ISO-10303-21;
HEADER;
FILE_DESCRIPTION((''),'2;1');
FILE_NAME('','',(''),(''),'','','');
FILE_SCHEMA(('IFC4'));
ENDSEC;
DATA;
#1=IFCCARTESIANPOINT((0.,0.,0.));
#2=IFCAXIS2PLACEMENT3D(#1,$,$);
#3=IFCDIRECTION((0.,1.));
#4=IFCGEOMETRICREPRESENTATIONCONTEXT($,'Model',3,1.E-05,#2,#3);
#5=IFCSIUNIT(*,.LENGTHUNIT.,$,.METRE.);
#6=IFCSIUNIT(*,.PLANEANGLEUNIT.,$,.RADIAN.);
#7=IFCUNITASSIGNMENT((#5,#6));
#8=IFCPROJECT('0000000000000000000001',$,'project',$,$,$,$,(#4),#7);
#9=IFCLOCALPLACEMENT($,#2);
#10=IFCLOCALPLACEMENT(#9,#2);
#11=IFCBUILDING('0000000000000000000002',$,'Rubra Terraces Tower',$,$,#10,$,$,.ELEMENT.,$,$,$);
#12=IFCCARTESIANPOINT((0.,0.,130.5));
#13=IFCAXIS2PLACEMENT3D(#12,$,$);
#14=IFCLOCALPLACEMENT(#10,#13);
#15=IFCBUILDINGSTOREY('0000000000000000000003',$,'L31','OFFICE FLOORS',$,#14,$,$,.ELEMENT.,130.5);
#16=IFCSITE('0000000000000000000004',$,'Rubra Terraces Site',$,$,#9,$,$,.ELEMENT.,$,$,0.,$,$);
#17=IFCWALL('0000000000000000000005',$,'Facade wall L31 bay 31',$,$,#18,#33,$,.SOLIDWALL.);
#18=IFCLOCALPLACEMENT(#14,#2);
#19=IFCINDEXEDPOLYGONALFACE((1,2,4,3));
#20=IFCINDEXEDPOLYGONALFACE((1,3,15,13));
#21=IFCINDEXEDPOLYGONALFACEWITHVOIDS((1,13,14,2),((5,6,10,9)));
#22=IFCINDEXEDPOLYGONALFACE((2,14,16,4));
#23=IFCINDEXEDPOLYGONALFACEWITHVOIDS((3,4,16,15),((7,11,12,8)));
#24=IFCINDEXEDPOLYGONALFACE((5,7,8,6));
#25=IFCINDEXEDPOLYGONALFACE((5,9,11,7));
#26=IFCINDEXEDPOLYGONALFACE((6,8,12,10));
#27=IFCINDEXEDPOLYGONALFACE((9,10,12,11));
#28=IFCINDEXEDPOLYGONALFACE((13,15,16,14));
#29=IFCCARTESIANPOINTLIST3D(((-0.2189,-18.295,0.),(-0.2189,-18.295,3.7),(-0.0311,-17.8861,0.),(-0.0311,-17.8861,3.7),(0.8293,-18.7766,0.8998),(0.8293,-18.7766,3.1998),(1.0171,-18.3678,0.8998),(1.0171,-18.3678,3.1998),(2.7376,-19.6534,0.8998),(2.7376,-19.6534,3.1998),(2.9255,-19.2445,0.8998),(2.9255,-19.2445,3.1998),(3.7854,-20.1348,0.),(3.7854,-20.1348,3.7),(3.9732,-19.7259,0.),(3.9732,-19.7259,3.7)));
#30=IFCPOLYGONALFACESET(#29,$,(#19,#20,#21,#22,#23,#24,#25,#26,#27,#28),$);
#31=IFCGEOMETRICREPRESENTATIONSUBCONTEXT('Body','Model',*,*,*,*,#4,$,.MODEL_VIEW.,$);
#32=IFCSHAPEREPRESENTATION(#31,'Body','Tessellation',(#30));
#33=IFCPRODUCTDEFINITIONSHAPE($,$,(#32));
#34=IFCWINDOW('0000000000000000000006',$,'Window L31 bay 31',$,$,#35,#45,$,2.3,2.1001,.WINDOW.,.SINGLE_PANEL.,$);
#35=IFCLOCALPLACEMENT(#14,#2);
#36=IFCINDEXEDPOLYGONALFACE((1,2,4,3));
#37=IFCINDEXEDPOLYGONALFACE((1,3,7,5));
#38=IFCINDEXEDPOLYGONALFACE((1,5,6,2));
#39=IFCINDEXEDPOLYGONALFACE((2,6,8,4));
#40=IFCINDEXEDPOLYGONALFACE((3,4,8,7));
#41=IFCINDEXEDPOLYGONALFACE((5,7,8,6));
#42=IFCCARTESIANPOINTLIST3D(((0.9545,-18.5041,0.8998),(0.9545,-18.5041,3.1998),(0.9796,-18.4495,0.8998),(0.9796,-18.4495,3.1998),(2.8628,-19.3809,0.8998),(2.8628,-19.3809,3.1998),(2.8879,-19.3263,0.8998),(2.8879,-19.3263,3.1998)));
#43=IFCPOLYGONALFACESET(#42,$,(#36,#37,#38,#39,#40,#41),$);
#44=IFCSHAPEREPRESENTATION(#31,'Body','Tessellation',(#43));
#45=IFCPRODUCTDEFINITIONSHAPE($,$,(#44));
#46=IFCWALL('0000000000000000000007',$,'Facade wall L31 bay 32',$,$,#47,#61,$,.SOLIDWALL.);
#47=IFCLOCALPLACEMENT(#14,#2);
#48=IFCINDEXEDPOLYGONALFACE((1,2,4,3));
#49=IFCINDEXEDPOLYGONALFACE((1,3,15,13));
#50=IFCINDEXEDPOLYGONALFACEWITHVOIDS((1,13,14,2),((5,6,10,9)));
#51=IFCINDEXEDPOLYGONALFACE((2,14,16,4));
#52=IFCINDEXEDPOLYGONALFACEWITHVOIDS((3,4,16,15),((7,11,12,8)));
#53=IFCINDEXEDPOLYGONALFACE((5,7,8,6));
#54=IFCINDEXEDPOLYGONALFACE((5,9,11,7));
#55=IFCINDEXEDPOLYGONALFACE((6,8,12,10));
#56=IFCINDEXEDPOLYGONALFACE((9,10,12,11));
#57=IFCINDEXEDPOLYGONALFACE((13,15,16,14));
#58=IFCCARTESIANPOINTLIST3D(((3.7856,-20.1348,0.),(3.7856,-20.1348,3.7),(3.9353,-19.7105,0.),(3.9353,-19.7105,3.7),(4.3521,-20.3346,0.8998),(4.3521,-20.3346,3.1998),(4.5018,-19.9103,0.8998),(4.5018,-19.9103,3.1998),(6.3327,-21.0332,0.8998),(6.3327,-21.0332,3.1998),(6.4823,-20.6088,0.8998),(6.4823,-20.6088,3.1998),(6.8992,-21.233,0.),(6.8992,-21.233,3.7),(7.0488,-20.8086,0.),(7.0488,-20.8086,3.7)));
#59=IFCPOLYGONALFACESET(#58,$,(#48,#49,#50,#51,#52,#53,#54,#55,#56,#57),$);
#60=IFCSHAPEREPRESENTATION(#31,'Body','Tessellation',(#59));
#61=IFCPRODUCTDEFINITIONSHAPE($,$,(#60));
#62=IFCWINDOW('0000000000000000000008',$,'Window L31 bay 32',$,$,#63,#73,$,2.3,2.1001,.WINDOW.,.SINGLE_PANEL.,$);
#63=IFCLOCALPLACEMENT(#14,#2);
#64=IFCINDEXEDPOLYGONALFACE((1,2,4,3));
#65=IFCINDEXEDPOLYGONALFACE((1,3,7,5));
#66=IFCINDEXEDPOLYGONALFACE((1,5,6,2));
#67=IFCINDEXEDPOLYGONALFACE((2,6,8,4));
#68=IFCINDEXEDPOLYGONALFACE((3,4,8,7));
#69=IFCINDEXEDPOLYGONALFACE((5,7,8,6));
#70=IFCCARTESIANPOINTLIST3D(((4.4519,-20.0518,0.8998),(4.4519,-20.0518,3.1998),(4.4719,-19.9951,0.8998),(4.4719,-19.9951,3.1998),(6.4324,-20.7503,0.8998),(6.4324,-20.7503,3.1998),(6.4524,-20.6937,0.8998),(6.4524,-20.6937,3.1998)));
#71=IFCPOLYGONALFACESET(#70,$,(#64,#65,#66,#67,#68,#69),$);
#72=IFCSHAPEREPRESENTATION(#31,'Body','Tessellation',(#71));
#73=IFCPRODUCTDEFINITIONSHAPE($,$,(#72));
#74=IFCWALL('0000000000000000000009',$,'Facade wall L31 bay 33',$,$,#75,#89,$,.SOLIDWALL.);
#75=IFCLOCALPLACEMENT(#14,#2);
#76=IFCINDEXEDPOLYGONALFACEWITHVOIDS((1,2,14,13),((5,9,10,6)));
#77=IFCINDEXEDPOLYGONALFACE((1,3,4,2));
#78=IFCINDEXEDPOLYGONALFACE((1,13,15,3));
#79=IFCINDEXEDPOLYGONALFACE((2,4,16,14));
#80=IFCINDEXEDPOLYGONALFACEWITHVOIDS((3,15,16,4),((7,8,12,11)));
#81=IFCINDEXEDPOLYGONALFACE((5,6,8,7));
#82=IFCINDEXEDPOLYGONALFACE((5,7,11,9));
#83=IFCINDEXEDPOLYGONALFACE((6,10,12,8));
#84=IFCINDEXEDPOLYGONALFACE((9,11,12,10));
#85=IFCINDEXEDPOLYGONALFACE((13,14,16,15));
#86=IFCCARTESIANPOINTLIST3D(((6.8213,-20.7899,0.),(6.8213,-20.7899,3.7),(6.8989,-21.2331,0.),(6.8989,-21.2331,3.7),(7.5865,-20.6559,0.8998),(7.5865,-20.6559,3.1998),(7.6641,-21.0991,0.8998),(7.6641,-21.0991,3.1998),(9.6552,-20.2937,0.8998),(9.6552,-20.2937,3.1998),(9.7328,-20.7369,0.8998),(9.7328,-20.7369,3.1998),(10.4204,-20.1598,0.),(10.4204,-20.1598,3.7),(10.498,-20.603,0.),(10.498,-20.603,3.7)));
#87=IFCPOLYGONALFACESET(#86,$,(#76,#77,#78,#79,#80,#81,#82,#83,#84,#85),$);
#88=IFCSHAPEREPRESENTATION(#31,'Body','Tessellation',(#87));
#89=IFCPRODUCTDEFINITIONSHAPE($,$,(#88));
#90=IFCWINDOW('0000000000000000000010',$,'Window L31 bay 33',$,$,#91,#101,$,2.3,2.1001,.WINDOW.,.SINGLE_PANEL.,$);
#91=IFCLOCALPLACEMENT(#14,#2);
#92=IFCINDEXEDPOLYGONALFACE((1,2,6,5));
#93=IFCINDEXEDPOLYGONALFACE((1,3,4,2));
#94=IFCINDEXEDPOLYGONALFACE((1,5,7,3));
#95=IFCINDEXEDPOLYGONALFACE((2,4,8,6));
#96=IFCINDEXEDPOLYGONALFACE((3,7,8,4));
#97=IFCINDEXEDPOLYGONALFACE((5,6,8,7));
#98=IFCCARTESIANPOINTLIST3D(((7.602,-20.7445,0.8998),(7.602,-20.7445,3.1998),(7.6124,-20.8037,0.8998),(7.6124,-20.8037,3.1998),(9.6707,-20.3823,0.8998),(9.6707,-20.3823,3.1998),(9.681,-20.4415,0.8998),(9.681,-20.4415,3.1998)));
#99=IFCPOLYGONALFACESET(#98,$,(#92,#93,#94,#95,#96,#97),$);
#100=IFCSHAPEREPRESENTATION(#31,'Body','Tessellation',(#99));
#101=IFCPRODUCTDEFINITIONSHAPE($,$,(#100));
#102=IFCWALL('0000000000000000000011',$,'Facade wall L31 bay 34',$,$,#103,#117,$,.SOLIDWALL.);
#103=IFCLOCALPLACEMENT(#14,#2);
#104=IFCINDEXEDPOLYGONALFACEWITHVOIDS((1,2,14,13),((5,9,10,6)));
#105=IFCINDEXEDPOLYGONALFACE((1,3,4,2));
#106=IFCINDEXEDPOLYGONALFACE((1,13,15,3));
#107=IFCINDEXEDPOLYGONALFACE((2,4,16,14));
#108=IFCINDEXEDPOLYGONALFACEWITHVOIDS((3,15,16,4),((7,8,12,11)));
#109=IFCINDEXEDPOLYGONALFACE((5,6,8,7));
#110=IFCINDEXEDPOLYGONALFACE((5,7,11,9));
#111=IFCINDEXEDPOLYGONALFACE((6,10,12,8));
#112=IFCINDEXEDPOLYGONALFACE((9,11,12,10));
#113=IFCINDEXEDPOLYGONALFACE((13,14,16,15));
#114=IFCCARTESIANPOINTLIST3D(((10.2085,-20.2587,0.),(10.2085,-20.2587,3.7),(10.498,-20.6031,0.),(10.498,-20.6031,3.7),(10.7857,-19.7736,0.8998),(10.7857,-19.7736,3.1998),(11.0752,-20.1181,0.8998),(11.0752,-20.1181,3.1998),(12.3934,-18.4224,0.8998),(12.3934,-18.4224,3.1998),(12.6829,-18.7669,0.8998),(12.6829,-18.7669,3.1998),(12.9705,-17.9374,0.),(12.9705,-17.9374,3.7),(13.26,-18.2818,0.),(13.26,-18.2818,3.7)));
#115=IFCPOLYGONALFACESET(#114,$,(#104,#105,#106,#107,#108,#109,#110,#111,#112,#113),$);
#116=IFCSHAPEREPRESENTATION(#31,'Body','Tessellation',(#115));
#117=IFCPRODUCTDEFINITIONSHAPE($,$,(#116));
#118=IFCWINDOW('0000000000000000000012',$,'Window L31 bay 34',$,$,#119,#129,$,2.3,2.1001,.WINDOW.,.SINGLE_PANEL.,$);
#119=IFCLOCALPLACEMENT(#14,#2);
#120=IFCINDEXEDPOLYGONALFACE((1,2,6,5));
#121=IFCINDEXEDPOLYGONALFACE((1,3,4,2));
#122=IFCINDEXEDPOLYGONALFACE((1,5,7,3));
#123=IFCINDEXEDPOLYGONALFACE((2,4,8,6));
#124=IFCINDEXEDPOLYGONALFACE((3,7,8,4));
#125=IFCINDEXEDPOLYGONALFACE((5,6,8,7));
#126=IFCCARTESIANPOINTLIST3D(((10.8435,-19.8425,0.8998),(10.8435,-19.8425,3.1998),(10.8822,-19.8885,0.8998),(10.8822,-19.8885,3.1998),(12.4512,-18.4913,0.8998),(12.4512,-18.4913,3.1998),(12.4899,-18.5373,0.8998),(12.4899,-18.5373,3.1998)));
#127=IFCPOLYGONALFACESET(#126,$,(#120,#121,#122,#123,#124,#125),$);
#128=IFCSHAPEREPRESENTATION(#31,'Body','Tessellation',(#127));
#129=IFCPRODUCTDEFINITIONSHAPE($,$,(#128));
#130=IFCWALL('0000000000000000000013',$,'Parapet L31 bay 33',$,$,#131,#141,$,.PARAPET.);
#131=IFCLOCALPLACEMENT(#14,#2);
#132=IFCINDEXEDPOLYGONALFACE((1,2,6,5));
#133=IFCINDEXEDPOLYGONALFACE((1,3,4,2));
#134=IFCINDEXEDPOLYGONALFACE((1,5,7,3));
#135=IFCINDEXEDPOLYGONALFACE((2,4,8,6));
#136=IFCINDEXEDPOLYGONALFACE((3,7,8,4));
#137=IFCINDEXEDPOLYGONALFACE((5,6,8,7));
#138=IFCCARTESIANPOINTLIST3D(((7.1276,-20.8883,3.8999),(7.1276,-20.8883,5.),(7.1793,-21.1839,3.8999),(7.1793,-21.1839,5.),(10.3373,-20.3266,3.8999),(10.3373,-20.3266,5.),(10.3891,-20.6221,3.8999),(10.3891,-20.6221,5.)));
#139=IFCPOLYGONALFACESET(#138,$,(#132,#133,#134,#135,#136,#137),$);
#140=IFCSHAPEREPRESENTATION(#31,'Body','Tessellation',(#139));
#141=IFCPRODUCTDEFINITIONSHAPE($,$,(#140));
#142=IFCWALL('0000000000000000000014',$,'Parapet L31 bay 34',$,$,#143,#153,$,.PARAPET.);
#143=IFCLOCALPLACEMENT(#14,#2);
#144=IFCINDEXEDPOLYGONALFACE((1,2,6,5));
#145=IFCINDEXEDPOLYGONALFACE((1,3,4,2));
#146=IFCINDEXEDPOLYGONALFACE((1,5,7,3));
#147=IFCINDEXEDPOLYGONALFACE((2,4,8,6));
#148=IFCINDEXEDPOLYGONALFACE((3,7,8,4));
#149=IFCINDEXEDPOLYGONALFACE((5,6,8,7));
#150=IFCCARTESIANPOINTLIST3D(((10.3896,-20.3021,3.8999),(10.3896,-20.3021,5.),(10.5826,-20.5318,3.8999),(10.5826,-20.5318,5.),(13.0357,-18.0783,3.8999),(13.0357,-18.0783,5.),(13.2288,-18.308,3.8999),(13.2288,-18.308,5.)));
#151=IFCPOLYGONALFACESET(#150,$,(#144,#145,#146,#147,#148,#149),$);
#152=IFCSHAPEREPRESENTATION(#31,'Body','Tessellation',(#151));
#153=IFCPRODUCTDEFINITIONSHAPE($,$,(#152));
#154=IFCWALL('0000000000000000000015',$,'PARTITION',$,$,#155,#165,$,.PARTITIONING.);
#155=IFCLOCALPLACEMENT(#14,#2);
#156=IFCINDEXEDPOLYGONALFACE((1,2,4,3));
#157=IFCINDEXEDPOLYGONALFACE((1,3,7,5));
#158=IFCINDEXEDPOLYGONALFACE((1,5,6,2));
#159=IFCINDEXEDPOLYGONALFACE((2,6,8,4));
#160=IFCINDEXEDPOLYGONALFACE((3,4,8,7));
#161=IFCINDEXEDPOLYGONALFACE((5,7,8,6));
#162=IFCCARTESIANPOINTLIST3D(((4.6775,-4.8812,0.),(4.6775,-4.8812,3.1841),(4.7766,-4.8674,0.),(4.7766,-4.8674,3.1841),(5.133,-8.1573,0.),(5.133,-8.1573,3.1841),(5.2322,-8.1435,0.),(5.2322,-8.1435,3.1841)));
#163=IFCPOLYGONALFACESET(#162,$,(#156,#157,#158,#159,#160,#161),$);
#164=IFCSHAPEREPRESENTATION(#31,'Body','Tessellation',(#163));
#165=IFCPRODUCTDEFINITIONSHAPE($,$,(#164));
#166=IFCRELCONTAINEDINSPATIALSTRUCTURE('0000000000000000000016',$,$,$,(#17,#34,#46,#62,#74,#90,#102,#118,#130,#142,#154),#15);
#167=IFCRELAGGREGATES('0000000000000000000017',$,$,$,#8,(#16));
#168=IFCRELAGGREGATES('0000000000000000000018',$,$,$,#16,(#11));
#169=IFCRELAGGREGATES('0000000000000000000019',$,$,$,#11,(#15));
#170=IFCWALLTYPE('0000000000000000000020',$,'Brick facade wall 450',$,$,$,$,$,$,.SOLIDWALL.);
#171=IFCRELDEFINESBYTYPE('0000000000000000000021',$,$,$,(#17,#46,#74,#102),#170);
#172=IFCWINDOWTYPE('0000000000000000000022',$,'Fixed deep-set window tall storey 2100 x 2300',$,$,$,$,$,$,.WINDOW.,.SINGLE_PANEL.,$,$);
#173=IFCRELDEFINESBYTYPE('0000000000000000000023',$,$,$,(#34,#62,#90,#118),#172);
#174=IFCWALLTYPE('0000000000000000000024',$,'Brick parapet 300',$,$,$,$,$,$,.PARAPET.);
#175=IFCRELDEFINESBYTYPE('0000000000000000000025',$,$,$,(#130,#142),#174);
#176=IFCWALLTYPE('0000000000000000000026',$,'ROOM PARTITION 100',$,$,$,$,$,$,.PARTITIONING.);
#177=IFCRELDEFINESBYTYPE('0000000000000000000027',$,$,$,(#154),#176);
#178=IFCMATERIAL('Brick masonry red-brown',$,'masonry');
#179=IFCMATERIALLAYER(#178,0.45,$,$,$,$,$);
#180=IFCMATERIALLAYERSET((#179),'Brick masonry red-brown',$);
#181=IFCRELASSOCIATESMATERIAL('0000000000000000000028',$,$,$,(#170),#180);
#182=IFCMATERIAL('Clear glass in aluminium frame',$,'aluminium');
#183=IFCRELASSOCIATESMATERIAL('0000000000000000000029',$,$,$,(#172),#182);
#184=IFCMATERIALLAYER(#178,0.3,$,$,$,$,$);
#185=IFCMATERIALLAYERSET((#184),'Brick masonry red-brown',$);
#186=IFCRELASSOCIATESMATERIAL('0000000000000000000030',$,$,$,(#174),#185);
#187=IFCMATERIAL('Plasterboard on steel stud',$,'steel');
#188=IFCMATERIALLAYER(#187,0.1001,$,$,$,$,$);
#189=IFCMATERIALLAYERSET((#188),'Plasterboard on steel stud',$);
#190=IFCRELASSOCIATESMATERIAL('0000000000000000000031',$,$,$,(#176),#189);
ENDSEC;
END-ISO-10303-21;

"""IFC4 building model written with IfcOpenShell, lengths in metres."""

from ifc_helpers import new_model, si_unit, direction, frame, frame_2d, origin, place, context, subcontext, project, spatial, rectangle, extrude, material, layer, layer_set, type_object, element, fill, save


model = new_model("IFC4")

# Units and contexts
model_context = context("Model", 3, precision=1e-05, world=origin(), true_north=direction((0.0, 1.0)))
body_context = subcontext(model_context, "Body", "Model", "MODEL_VIEW")
ifc_project = project(units=[si_unit("LENGTHUNIT", "METRE"), si_unit("PLANEANGLEUNIT", "RADIAN")], contexts=[model_context])

# Site, building, storey
site_placement = place(None, origin())
site = spatial("IfcSite", under=ifc_project, at=site_placement, Name="Rubra Terraces Site", CompositionType="ELEMENT", RefElevation=0.0)
building_placement = place(site_placement, origin())
building = spatial("IfcBuilding", under=site, at=building_placement, Name="Rubra Terraces Tower", CompositionType="ELEMENT")
storey_placement = place(building_placement, frame((0.0, 0.0, 130.5)))
storey = spatial("IfcBuildingStorey", under=building, at=storey_placement, Name="L31", Description="OFFICE FLOORS", CompositionType="ELEMENT", Elevation=130.5)

# Walls, openings, windows
ifc_material_1 = material(Name="Brick masonry red-brown", Category="masonry")
ifc_layer_1 = layer(ifc_material_1, 0.45)
ifc_layer_set_1 = layer_set([ifc_layer_1], Name="Brick masonry red-brown")
wall_type_1 = type_object("IfcWallType", Name="Brick facade wall 450", PredefinedType="SOLIDWALL", material=ifc_layer_set_1)
wall_1_placement = place(storey_placement, frame((-0.125, -18.0906, 0.0), z_axis=(0.0, 0.0, 1.0), x_axis=(0.908678, -0.417498, 0.0)))
wall_1 = element("IfcWall", 1, at=wall_1_placement, inside=storey, type_object=wall_type_1, Name="Facade wall L31 bay 31", PredefinedType="SOLIDWALL", context=body_context, shape_type="SweptSolid", body=[
    extrude(rectangle(XDim=4.4067, YDim=0.45, at=frame_2d((2.2034, 0.0))), origin(), (0.0, 0.0, 1.0), 3.7),
])
opening_1_placement = place(wall_1_placement, frame((1.1536, 0.0, 0.8999)))
opening_1 = element("IfcOpeningElement", 2, at=opening_1_placement, cuts=wall_1, PredefinedType="OPENING", context=body_context, shape_type="SweptSolid", body=[
    extrude(rectangle(XDim=2.1001, YDim=2.3, at=frame_2d((1.05, 1.1499))), frame((0.0, 0.2349, 0.0), z_axis=(0.0, -1.0, 0.0), x_axis=(1.0, 0.0, 0.0)), (0.0, 0.0, 1.0), 0.47),
])
ifc_material_2 = material(Name="Clear glass in aluminium frame", Category="aluminium")
window_type = type_object("IfcWindowType", Name="Fixed deep-set window tall storey 2100 x 2300", PartitioningType="SINGLE_PANEL", PredefinedType="WINDOW", material=ifc_material_2)
window_1_placement = place(opening_1_placement, origin())
window_1 = element("IfcWindow", 3, at=window_1_placement, inside=storey, type_object=window_type, Name="Window L31 bay 31", OverallHeight=2.3, OverallWidth=2.1001, PartitioningType="SINGLE_PANEL", PredefinedType="WINDOW", context=body_context, shape_type="SweptSolid", body=[
    extrude(rectangle(XDim=2.1001, YDim=2.3, at=frame_2d((1.05, 1.1499))), frame((0.0, 0.135, 0.0), z_axis=(0.0, -1.0, 0.0), x_axis=(1.0, 0.0, 0.0)), (0.0, 0.0, 1.0), 0.0601),
])
fill(opening_1, window_1)
wall_2_placement = place(storey_placement, frame((3.8604, -19.9226, 0.0), z_axis=(0.0, 0.0, 1.0), x_axis=(0.943061, -0.332619, 0.0)))
wall_2 = element("IfcWall", 4, at=wall_2_placement, inside=storey, type_object=wall_type_1, Name="Facade wall L31 bay 32", PredefinedType="SOLIDWALL", context=body_context, shape_type="SweptSolid", body=[
    extrude(rectangle(XDim=3.3015, YDim=0.45, at=frame_2d((1.6509, 0.0))), origin(), (0.0, 0.0, 1.0), 3.7),
])
opening_2_placement = place(wall_2_placement, frame((0.6008, 0.0, 0.8999)))
opening_2 = element("IfcOpeningElement", 5, at=opening_2_placement, cuts=wall_2, PredefinedType="OPENING", context=body_context, shape_type="SweptSolid", body=[
    extrude(rectangle(XDim=2.1001, YDim=2.3, at=frame_2d((1.05, 1.1499))), frame((0.0, 0.2349, 0.0), z_axis=(0.0, -1.0, 0.0), x_axis=(1.0, 0.0, 0.0)), (0.0, 0.0, 1.0), 0.47),
])
window_2_placement = place(opening_2_placement, origin())
window_2 = element("IfcWindow", 6, at=window_2_placement, inside=storey, type_object=window_type, Name="Window L31 bay 32", OverallHeight=2.3, OverallWidth=2.1001, PartitioningType="SINGLE_PANEL", PredefinedType="WINDOW", context=body_context, shape_type="SweptSolid", body=[
    extrude(rectangle(XDim=2.1001, YDim=2.3, at=frame_2d((1.05, 1.1499))), frame((0.0, 0.135, 0.0), z_axis=(0.0, -1.0, 0.0), x_axis=(1.0, 0.0, 0.0)), (0.0, 0.0, 1.0), 0.0601),
])
fill(opening_2, window_2)
wall_3_placement = place(storey_placement, frame((6.8601, -21.0115, 0.0), z_axis=(0.0, 0.0, 1.0), x_axis=(0.985017, 0.172455, 0.0)))
wall_3 = element("IfcWall", 7, at=wall_3_placement, inside=storey, type_object=wall_type_1, Name="Facade wall L31 bay 33", PredefinedType="SOLIDWALL", context=body_context, shape_type="SweptSolid", body=[
    extrude(rectangle(XDim=3.6538, YDim=0.45, at=frame_2d((1.8269, 0.0))), origin(), (0.0, 0.0, 1.0), 3.7),
])
opening_3_placement = place(wall_3_placement, frame((0.7769, 0.0, 0.8999)))
opening_3 = element("IfcOpeningElement", 8, at=opening_3_placement, cuts=wall_3, PredefinedType="OPENING", context=body_context, shape_type="SweptSolid", body=[
    extrude(rectangle(XDim=2.1001, YDim=2.3, at=frame_2d((1.05, 1.1499))), frame((0.0, 0.2349, 0.0), z_axis=(0.0, -1.0, 0.0), x_axis=(1.0, 0.0, 0.0)), (0.0, 0.0, 1.0), 0.47),
])
window_3_placement = place(opening_3_placement, origin())
window_3 = element("IfcWindow", 9, at=window_3_placement, inside=storey, type_object=window_type, Name="Window L31 bay 33", OverallHeight=2.3, OverallWidth=2.1001, PartitioningType="SINGLE_PANEL", PredefinedType="WINDOW", context=body_context, shape_type="SweptSolid", body=[
    extrude(rectangle(XDim=2.1001, YDim=2.3, at=frame_2d((1.05, 1.1499))), frame((0.0, 0.135, 0.0), z_axis=(0.0, -1.0, 0.0), x_axis=(1.0, 0.0, 0.0)), (0.0, 0.0, 1.0), 0.0601),
])
fill(opening_3, window_3)
wall_4_placement = place(storey_placement, frame((10.3533, -20.4309, 0.0), z_axis=(0.0, 0.0, 1.0), x_axis=(0.765536, 0.643394, 0.0)))
wall_4 = element("IfcWall", 10, at=wall_4_placement, inside=storey, type_object=wall_type_1, Name="Facade wall L31 bay 34", PredefinedType="SOLIDWALL", context=body_context, shape_type="SweptSolid", body=[
    extrude(rectangle(XDim=3.6079, YDim=0.45, at=frame_2d((1.804, 0.0))), origin(), (0.0, 0.0, 1.0), 3.7),
])
opening_4_placement = place(wall_4_placement, frame((0.7539, 0.0, 0.8999)))
opening_4 = element("IfcOpeningElement", 11, at=opening_4_placement, cuts=wall_4, PredefinedType="OPENING", context=body_context, shape_type="SweptSolid", body=[
    extrude(rectangle(XDim=2.1001, YDim=2.3, at=frame_2d((1.05, 1.1499))), frame((0.0, 0.2349, 0.0), z_axis=(0.0, -1.0, 0.0), x_axis=(1.0, 0.0, 0.0)), (0.0, 0.0, 1.0), 0.47),
])
window_4_placement = place(opening_4_placement, origin())
window_4 = element("IfcWindow", 12, at=window_4_placement, inside=storey, type_object=window_type, Name="Window L31 bay 34", OverallHeight=2.3, OverallWidth=2.1001, PartitioningType="SINGLE_PANEL", PredefinedType="WINDOW", context=body_context, shape_type="SweptSolid", body=[
    extrude(rectangle(XDim=2.1001, YDim=2.3, at=frame_2d((1.05, 1.1499))), frame((0.0, 0.135, 0.0), z_axis=(0.0, -1.0, 0.0), x_axis=(1.0, 0.0, 0.0)), (0.0, 0.0, 1.0), 0.0601),
])
fill(opening_4, window_4)

# Walls
ifc_layer_2 = layer(ifc_material_1, 0.3)
ifc_layer_set_2 = layer_set([ifc_layer_2], Name="Brick masonry red-brown")
wall_type_2 = type_object("IfcWallType", Name="Brick parapet 300", PredefinedType="PARAPET", material=ifc_layer_set_2)
wall_5_placement = place(storey_placement, frame((7.1533, -21.0361, 3.8999), z_axis=(0.0, 0.0, 1.0), x_axis=(0.985027, 0.1724, 0.0)))
element("IfcWall", 13, at=wall_5_placement, inside=storey, type_object=wall_type_2, Name="Parapet L31 bay 33", PredefinedType="PARAPET", context=body_context, shape_type="SweptSolid", body=[
    extrude(rectangle(XDim=3.2585, YDim=0.3, at=frame_2d((1.6294, 0.0))), origin(), (0.0, 0.0, 1.0), 1.1001),
])
wall_6_placement = place(storey_placement, frame((10.4861, -20.417, 3.8999), z_axis=(0.0, 0.0, 1.0), x_axis=(0.765557, 0.643368, 0.0)))
element("IfcWall", 14, at=wall_6_placement, inside=storey, type_object=wall_type_2, Name="Parapet L31 bay 34", PredefinedType="PARAPET", context=body_context, shape_type="SweptSolid", body=[
    extrude(rectangle(XDim=3.4565, YDim=0.3, at=frame_2d((1.7283, 0.0))), origin(), (0.0, 0.0, 1.0), 1.1001),
])
ifc_material_3 = material(Name="Plasterboard on steel stud", Category="steel")
ifc_layer_3 = layer(ifc_material_3, 0.1001)
ifc_layer_set_3 = layer_set([ifc_layer_3], Name="Plasterboard on steel stud")
wall_type_3 = type_object("IfcWallType", Name="ROOM PARTITION 100", PredefinedType="PARTITIONING", material=ifc_layer_set_3)
wall_7_placement = place(storey_placement, frame((4.7271, -4.8743, 0.0), z_axis=(0.0, 0.0, 1.0), x_axis=(0.137731, -0.99047, 0.0)))
element("IfcWall", 15, at=wall_7_placement, inside=storey, type_object=wall_type_3, Name="PARTITION", PredefinedType="PARTITIONING", context=body_context, shape_type="SweptSolid", body=[
    extrude(rectangle(XDim=3.3076, YDim=0.1001, at=frame_2d((1.6538, 0.0))), origin(), (0.0, 0.0, 1.0), 3.1841),
])

save(model, "model.ifc")
